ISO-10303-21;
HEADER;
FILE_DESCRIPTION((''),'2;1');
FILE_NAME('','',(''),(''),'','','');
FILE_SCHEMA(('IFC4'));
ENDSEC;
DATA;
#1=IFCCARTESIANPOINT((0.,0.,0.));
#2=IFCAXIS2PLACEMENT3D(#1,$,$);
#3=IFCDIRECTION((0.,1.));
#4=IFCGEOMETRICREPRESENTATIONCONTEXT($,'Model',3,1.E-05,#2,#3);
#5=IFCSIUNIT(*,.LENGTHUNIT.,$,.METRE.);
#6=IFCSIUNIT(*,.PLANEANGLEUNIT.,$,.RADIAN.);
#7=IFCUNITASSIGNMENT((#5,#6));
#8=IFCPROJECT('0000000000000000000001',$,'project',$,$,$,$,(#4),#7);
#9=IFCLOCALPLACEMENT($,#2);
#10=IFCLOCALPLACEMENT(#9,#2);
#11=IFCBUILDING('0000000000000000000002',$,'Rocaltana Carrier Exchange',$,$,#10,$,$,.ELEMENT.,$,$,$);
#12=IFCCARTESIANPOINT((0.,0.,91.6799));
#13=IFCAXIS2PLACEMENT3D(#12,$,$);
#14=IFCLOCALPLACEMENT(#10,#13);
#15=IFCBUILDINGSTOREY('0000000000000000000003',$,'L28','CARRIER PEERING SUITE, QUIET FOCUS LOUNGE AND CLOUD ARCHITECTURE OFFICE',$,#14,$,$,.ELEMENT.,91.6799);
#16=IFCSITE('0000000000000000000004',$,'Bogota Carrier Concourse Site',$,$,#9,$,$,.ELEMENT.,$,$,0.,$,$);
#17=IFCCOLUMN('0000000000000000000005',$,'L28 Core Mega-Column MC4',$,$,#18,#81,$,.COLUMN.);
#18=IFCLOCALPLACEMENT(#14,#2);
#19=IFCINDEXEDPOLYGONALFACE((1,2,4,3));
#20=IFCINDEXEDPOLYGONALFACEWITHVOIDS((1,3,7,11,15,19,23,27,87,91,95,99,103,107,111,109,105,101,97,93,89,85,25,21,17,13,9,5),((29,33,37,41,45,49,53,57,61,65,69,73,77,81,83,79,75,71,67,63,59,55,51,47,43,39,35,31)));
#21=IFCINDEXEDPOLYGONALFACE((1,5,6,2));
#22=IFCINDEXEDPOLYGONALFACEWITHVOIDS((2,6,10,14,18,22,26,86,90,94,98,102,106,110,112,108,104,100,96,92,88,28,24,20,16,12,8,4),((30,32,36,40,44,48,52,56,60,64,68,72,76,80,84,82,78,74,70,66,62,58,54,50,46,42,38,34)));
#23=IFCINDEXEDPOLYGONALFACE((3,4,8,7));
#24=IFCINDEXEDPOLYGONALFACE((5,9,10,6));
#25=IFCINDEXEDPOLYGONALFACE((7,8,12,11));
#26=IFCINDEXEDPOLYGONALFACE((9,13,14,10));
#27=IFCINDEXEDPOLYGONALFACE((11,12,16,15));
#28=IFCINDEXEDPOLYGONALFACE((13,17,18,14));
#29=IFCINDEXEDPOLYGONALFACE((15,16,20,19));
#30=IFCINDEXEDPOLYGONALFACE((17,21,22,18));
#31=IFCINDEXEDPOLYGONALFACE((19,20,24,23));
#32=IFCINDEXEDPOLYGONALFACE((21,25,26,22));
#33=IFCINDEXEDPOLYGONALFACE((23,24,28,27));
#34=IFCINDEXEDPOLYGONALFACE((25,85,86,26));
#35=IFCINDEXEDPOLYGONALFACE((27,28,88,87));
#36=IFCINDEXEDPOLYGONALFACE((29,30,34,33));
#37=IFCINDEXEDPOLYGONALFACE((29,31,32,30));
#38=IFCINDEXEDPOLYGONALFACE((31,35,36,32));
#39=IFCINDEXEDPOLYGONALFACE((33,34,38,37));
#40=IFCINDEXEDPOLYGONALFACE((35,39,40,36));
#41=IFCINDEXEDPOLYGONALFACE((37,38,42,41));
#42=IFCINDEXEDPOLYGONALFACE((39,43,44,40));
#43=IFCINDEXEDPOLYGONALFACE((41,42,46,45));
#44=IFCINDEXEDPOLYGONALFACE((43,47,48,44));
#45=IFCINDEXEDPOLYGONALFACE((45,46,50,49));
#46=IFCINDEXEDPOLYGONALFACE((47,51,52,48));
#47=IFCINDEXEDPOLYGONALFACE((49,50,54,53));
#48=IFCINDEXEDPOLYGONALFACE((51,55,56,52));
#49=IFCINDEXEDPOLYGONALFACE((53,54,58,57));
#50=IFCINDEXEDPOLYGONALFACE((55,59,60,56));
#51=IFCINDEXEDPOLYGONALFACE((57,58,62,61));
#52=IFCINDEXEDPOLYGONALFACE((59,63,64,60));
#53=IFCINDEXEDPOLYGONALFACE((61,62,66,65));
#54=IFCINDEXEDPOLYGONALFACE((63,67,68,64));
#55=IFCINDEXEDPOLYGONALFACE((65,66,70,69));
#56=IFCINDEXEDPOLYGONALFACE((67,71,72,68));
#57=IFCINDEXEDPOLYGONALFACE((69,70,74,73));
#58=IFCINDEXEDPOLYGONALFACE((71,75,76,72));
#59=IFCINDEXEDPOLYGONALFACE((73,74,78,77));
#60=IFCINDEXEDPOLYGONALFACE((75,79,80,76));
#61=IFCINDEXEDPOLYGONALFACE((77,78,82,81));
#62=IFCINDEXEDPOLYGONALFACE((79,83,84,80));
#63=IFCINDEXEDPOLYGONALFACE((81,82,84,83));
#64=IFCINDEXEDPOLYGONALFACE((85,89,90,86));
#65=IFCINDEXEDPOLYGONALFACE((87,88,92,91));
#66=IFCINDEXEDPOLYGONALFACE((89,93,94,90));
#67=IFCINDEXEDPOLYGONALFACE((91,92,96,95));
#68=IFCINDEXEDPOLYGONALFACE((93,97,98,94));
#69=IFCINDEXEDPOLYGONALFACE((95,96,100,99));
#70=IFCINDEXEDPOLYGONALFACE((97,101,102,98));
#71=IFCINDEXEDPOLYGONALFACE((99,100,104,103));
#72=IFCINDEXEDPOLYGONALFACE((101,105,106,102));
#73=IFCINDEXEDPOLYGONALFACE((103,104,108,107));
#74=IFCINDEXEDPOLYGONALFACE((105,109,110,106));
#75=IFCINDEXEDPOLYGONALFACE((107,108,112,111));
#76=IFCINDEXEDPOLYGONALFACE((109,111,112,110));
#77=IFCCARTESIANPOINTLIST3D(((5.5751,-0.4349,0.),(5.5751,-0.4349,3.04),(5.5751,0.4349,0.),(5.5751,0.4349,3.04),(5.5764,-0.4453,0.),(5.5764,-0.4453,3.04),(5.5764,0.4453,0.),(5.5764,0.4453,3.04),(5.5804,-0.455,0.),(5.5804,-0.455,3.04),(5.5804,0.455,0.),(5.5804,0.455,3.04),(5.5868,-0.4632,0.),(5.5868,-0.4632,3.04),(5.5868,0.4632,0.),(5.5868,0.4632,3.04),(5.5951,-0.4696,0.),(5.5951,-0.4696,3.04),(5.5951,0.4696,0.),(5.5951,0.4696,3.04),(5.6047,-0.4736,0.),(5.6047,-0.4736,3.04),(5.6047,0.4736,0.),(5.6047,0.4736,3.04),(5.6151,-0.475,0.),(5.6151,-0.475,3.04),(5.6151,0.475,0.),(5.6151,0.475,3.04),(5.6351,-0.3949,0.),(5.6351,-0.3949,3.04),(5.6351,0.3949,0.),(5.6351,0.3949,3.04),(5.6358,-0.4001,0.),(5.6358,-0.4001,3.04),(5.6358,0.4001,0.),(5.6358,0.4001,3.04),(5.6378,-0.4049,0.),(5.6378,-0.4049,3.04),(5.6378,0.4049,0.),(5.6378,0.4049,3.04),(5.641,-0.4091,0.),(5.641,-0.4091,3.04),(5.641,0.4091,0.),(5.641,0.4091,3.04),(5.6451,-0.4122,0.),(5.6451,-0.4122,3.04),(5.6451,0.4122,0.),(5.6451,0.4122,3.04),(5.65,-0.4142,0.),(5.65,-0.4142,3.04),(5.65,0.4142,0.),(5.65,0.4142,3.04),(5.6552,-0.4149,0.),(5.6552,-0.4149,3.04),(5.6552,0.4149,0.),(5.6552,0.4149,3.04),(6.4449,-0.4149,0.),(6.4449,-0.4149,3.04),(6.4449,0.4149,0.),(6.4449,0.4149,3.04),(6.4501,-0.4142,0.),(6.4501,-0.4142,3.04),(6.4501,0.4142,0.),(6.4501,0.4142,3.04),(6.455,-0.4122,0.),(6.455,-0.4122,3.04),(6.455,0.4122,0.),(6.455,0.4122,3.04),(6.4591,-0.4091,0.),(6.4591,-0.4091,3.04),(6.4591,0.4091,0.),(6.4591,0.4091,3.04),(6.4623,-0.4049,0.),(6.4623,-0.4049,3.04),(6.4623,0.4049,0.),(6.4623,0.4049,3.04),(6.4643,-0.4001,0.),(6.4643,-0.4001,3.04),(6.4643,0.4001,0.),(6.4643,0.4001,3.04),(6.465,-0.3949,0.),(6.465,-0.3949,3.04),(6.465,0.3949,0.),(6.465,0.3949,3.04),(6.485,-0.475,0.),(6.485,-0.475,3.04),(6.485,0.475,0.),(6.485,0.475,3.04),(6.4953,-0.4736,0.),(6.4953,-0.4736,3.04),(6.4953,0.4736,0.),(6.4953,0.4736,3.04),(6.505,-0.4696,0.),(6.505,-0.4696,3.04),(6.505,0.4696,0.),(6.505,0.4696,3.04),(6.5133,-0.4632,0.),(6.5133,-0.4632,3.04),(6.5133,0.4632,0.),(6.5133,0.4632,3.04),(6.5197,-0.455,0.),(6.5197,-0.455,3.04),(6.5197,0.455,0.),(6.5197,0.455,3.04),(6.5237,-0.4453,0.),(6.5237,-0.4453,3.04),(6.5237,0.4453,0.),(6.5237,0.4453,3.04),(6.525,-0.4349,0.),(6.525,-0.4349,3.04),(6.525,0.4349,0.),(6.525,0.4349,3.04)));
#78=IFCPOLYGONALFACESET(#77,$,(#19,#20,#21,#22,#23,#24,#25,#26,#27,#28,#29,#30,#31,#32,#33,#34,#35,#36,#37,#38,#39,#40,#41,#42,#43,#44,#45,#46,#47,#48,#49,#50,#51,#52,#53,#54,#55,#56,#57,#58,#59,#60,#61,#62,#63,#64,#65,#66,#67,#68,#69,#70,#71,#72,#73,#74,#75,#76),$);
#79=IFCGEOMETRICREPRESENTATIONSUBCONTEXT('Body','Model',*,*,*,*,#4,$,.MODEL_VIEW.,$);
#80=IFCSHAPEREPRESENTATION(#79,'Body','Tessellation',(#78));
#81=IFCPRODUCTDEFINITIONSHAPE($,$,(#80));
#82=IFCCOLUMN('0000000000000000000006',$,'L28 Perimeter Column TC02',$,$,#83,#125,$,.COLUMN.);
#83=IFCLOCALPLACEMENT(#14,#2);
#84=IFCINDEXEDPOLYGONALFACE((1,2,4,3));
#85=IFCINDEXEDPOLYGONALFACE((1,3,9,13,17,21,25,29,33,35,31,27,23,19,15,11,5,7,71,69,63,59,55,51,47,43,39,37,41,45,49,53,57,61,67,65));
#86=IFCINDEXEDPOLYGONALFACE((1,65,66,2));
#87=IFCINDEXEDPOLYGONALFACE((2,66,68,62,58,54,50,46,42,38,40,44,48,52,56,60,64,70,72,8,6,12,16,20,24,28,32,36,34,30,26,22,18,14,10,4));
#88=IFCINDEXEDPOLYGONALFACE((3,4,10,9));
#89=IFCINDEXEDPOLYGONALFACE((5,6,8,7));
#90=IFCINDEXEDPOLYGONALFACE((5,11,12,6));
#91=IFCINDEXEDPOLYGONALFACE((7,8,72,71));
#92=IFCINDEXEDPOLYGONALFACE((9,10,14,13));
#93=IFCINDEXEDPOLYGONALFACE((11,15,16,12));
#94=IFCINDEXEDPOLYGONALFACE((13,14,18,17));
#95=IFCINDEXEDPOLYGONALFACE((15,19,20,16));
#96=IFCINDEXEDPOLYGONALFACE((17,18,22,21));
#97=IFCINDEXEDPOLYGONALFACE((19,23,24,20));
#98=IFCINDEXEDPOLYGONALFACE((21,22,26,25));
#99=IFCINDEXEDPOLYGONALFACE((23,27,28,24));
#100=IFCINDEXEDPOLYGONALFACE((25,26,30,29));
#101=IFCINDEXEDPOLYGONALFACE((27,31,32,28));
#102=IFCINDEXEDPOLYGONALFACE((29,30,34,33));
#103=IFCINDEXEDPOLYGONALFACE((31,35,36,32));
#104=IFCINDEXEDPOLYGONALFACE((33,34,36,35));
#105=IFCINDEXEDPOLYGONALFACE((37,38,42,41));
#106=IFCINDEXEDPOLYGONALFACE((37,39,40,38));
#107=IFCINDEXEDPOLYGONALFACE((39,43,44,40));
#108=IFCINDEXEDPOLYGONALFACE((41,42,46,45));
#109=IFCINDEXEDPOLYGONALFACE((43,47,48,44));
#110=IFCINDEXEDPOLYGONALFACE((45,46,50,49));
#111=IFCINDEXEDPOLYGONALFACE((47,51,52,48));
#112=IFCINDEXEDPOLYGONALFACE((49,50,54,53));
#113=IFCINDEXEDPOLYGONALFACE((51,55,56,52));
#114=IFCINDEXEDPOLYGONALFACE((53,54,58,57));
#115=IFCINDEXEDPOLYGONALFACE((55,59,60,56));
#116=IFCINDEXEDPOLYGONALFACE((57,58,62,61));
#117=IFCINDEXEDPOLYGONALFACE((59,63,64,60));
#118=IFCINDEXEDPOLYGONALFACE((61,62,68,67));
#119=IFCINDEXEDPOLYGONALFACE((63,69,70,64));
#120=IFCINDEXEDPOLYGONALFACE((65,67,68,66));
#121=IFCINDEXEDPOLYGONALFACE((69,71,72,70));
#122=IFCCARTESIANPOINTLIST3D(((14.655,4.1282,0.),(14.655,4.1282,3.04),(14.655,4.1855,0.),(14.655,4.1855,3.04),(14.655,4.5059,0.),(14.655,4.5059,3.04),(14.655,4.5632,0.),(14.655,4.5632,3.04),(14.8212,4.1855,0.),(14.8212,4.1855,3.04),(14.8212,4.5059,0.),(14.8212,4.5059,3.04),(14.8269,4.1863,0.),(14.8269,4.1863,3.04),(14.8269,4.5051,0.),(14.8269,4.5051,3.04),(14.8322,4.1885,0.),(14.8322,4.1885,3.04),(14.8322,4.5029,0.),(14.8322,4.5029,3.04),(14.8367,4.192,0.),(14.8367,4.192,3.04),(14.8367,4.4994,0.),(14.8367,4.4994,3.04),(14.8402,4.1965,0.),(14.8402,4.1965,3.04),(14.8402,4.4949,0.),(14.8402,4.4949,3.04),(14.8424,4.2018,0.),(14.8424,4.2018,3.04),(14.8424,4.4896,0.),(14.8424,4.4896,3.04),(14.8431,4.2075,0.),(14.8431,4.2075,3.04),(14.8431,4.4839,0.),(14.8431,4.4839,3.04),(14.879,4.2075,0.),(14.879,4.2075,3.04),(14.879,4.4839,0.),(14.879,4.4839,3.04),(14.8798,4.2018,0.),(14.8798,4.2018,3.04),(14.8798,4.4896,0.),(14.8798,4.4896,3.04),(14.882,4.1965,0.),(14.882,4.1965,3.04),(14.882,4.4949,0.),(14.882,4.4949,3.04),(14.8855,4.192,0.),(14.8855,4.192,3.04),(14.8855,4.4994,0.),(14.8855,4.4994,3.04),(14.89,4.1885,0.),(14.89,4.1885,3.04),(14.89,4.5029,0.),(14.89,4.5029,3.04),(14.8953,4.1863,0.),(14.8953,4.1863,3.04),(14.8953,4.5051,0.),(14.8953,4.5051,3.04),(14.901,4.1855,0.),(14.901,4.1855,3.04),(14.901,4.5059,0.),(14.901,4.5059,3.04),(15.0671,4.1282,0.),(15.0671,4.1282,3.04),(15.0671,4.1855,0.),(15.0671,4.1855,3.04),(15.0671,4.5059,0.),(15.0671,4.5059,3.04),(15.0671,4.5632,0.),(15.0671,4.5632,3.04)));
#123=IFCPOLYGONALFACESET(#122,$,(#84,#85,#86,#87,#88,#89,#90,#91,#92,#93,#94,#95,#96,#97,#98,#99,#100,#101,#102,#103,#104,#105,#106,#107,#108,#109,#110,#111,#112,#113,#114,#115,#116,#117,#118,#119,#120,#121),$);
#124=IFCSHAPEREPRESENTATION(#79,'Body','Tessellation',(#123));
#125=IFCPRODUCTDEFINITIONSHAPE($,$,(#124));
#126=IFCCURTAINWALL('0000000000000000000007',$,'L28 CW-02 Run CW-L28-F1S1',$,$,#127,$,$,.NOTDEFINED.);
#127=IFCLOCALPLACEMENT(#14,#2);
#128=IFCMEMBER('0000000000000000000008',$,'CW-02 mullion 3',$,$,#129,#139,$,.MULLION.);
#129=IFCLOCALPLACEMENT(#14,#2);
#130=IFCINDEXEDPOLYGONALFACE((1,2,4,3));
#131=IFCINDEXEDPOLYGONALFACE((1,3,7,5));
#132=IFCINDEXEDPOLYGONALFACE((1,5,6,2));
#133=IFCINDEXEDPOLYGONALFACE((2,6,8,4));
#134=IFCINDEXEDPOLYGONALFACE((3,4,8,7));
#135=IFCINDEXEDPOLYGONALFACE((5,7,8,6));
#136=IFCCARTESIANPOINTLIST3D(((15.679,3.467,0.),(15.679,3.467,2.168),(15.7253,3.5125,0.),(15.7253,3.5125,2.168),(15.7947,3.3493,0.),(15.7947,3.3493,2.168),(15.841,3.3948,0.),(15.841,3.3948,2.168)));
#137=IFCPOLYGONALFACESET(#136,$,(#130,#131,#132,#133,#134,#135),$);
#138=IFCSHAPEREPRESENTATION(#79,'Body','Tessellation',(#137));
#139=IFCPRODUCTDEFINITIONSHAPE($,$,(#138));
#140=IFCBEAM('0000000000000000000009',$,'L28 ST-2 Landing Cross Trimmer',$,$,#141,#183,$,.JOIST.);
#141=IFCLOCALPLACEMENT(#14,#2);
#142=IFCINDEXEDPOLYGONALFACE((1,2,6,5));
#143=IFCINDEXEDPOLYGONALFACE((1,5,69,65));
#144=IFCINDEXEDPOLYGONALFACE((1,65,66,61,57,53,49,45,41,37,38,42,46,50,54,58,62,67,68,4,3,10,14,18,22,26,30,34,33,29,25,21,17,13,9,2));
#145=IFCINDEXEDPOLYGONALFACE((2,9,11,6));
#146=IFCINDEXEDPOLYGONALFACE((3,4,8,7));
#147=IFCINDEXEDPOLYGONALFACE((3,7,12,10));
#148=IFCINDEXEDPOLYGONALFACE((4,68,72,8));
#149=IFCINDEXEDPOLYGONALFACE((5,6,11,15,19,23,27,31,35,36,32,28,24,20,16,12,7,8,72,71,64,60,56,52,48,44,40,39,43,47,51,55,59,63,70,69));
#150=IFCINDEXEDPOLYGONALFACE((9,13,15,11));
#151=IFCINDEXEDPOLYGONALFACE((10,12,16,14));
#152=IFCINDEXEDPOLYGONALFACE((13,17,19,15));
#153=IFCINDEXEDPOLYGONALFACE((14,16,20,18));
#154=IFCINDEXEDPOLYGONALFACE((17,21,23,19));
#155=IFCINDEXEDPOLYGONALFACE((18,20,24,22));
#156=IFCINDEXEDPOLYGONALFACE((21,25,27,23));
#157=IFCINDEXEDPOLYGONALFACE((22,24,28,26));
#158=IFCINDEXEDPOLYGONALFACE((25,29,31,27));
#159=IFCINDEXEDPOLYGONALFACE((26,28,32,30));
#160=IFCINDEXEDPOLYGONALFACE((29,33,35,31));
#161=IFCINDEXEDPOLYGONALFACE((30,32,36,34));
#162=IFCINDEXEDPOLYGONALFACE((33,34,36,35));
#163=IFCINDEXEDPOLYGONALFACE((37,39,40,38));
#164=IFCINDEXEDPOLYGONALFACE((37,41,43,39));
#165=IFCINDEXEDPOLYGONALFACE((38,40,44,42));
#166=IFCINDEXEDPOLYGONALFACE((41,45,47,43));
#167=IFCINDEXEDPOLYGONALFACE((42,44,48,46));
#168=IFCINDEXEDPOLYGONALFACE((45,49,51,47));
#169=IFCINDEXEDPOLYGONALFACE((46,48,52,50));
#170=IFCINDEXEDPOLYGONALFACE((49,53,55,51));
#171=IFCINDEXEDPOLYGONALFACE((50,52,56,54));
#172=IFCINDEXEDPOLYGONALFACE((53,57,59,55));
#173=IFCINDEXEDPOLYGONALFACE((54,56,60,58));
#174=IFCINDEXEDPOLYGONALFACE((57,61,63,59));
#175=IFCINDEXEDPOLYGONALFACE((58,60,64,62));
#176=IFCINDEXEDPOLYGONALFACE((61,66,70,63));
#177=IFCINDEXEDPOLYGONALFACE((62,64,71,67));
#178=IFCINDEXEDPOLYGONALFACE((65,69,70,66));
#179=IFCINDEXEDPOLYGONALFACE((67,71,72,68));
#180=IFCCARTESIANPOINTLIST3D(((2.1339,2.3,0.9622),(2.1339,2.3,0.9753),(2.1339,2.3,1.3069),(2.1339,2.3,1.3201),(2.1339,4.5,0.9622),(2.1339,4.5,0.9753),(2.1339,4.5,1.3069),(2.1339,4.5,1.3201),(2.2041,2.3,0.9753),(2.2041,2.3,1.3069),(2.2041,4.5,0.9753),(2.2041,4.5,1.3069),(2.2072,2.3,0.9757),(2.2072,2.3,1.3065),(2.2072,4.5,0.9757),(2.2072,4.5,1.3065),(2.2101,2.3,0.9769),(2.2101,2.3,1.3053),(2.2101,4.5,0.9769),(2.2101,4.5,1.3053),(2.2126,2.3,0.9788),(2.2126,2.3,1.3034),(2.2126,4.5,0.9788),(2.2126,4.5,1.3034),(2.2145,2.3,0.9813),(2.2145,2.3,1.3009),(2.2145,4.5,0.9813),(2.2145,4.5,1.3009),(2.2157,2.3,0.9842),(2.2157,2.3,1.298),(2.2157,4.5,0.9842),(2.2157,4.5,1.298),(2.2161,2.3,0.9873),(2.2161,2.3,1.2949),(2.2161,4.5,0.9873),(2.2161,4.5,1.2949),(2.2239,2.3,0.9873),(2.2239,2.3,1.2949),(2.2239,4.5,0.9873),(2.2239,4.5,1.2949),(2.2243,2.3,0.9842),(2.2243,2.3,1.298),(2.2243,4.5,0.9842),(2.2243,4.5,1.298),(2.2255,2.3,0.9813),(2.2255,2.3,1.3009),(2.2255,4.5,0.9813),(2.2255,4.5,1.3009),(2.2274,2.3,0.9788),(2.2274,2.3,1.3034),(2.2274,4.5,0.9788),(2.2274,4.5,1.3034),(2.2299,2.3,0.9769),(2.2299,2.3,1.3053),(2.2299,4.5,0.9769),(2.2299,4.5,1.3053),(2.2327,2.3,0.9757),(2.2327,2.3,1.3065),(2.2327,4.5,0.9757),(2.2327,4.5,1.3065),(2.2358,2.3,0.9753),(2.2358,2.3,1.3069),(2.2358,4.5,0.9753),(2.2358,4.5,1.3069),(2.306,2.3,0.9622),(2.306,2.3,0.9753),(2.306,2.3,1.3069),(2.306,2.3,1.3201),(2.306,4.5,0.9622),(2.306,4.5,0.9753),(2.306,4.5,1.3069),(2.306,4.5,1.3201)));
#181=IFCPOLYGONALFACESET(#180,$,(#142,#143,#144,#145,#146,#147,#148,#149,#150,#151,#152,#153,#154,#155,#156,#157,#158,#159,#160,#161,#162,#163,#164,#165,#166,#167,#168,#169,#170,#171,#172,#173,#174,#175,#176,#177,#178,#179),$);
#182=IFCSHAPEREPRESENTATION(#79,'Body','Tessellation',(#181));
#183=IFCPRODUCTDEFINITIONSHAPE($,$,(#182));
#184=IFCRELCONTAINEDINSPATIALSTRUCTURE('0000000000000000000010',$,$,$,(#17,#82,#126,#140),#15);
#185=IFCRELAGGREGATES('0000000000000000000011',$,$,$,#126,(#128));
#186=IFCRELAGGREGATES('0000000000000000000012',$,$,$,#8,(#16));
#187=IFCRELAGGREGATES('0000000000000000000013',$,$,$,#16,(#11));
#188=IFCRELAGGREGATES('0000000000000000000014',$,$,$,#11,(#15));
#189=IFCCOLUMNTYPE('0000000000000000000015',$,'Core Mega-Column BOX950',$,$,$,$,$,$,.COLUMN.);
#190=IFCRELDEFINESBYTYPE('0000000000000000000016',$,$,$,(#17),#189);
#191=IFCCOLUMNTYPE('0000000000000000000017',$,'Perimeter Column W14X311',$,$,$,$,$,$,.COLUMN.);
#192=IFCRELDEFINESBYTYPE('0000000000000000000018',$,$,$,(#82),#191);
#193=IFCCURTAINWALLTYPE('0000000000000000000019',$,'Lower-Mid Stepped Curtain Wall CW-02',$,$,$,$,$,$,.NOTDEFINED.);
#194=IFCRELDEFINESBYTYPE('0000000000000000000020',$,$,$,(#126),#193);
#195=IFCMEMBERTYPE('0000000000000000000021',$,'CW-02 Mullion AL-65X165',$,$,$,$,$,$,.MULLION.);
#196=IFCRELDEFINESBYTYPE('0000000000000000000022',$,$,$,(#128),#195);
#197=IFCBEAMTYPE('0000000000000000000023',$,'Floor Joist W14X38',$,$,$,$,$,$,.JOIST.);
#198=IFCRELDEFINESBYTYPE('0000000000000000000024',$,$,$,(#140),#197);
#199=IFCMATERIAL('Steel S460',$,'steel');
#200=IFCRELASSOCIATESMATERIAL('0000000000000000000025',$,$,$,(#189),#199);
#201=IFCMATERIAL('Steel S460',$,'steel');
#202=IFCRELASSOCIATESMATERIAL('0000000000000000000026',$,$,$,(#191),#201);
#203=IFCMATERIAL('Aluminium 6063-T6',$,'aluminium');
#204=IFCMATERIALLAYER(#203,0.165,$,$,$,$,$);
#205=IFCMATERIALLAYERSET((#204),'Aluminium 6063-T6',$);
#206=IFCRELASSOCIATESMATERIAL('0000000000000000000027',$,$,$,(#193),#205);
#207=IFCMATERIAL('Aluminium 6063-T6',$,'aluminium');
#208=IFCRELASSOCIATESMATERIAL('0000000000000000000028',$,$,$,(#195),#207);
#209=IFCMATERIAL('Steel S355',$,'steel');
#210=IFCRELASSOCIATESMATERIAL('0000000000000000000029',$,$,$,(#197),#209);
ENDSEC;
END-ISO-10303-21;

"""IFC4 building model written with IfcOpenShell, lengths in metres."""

from ifc_helpers import new_model, si_unit, direction, frame, origin, origin_2d, place, context, subcontext, project, spatial, rectangle, hollow_rectangle, i_section, extrude, material, layer, layer_set, material_profile, profile_set, type_object, element, aggregate, save


model = new_model("IFC4")

# Units and contexts
model_context = context("Model", 3, precision=1e-05, world=origin(), true_north=direction((0.0, 1.0)))
body_context = subcontext(model_context, "Body", "Model", "MODEL_VIEW")
ifc_project = project(units=[si_unit("LENGTHUNIT", "METRE"), si_unit("PLANEANGLEUNIT", "RADIAN")], contexts=[model_context])

# Site, building, storey
site_placement = place(None, origin())
site = spatial("IfcSite", under=ifc_project, at=site_placement, Name="Bogota Carrier Concourse Site", CompositionType="ELEMENT", RefElevation=0.0)
building_placement = place(site_placement, origin())
building = spatial("IfcBuilding", under=site, at=building_placement, Name="Rocaltana Carrier Exchange", CompositionType="ELEMENT")
storey_placement = place(building_placement, frame((0.0, 0.0, 91.6799)))
storey = spatial("IfcBuildingStorey", under=building, at=storey_placement, Name="L28", Description="CARRIER PEERING SUITE, QUIET FOCUS LOUNGE AND CLOUD ARCHITECTURE OFFICE", CompositionType="ELEMENT", Elevation=91.6799)

# Columns
ifc_material_1 = material(Name="Steel S460", Category="steel")
ifc_material_profile_1 = material_profile(ifc_material_1, hollow_rectangle(XDim=0.95, YDim=0.95, WallThickness=0.0601, InnerFilletRadius=0.02, OuterFilletRadius=0.04, at=origin_2d()), Name="BOX950X950X60")
ifc_profile_set_1 = profile_set([ifc_material_profile_1], Name="Steel S460")
column_type_1 = type_object("IfcColumnType", Name="Core Mega-Column BOX950", PredefinedType="COLUMN", material=ifc_profile_set_1)
column_1_placement = place(storey_placement, frame((6.05, 0.0, 0.0), z_axis=(0.0, 0.0, 1.0), x_axis=(1.0, 0.0, 0.0)))
element("IfcColumn", 1, at=column_1_placement, inside=storey, type_object=column_type_1, Name="L28 Core Mega-Column MC4", PredefinedType="COLUMN", context=body_context, shape_type="SweptSolid", body=[
    extrude(hollow_rectangle(XDim=0.95, YDim=0.95, WallThickness=0.0601, InnerFilletRadius=0.02, OuterFilletRadius=0.04, at=origin_2d()), origin(), (0.0, 0.0, 1.0), 3.04),
])
ifc_material_2 = material(Name="Steel S460", Category="steel")
ifc_material_profile_2 = material_profile(ifc_material_2, i_section(OverallWidth=0.4121, OverallDepth=0.4351, WebThickness=0.0359, FlangeThickness=0.0574, FilletRadius=0.022, at=origin_2d()), Name="W14X311")
ifc_profile_set_2 = profile_set([ifc_material_profile_2], Name="Steel S460")
column_type_2 = type_object("IfcColumnType", Name="Perimeter Column W14X311", PredefinedType="COLUMN", material=ifc_profile_set_2)
column_2_placement = place(storey_placement, frame((14.8611, 4.3457, 0.0), z_axis=(0.0, 0.0, 1.0), x_axis=(1.0, 0.0, 0.0)))
element("IfcColumn", 2, at=column_2_placement, inside=storey, type_object=column_type_2, Name="L28 Perimeter Column TC02", PredefinedType="COLUMN", context=body_context, shape_type="SweptSolid", body=[
    extrude(i_section(OverallWidth=0.4121, OverallDepth=0.4351, WebThickness=0.0359, FlangeThickness=0.0574, FilletRadius=0.022, at=origin_2d()), origin(), (0.0, 0.0, 1.0), 3.04),
])

# Curtain wall, member
ifc_material_3 = material(Name="Aluminium 6063-T6", Category="aluminium")
ifc_layer_1 = layer(ifc_material_3, 0.165)
ifc_layer_set_1 = layer_set([ifc_layer_1], Name="Aluminium 6063-T6")
curtain_wall_type = type_object("IfcCurtainWallType", Name="Lower-Mid Stepped Curtain Wall CW-02", PredefinedType="NOTDEFINED", material=ifc_layer_set_1)
curtain_wall_placement = place(storey_placement, origin())
curtain_wall = element("IfcCurtainWall", 3, at=curtain_wall_placement, inside=storey, type_object=curtain_wall_type, Name="L28 CW-02 Run CW-L28-F1S1", PredefinedType="NOTDEFINED")
ifc_material_4 = material(Name="Aluminium 6063-T6", Category="aluminium")
ifc_material_profile_3 = material_profile(ifc_material_4, rectangle(XDim=0.0649, YDim=0.165, at=origin_2d()), Name="AL-65X165")
ifc_profile_set_3 = profile_set([ifc_material_profile_3], Name="Aluminium 6063-T6")
member_type = type_object("IfcMemberType", Name="CW-02 Mullion AL-65X165", PredefinedType="MULLION", material=ifc_profile_set_3)
member_placement = place(storey_placement, frame((15.76, 3.4309, 0.0), z_axis=(0.0, 0.0, 1.0), x_axis=(-0.713245, -0.700915, 0.0)))
member = element("IfcMember", 4, at=member_placement, type_object=member_type, Name="CW-02 mullion 3", PredefinedType="MULLION", context=body_context, shape_type="SweptSolid", body=[
    extrude(rectangle(XDim=0.0649, YDim=0.165, at=origin_2d()), origin(), (0.0, 0.0, 1.0), 2.168),
])

# Beam
ifc_material_5 = material(Name="Steel S355", Category="steel")
ifc_material_profile_4 = material_profile(ifc_material_5, i_section(OverallWidth=0.1721, OverallDepth=0.3579, WebThickness=0.0078, FlangeThickness=0.0132, FilletRadius=0.012, at=origin_2d()), Name="W14X38")
ifc_profile_set_4 = profile_set([ifc_material_profile_4], Name="Steel S355")
beam_type_1 = type_object("IfcBeamType", Name="Floor Joist W14X38", PredefinedType="JOIST", material=ifc_profile_set_4)
beam_1_placement = place(storey_placement, frame((2.22, 2.3, 1.1411), z_axis=(0.0, 1.0, 0.0), x_axis=(-1.0, 0.0, 0.0)))
element("IfcBeam", 5, at=beam_1_placement, inside=storey, type_object=beam_type_1, Name="L28 ST-2 Landing Cross Trimmer", PredefinedType="JOIST", context=body_context, shape_type="SweptSolid", body=[
    extrude(i_section(OverallWidth=0.1721, OverallDepth=0.3579, WebThickness=0.0078, FlangeThickness=0.0132, FilletRadius=0.012, at=origin_2d()), origin(), (0.0, 0.0, 1.0), 2.2),
])

aggregate(curtain_wall, [member])

save(model, "model.ifc")
